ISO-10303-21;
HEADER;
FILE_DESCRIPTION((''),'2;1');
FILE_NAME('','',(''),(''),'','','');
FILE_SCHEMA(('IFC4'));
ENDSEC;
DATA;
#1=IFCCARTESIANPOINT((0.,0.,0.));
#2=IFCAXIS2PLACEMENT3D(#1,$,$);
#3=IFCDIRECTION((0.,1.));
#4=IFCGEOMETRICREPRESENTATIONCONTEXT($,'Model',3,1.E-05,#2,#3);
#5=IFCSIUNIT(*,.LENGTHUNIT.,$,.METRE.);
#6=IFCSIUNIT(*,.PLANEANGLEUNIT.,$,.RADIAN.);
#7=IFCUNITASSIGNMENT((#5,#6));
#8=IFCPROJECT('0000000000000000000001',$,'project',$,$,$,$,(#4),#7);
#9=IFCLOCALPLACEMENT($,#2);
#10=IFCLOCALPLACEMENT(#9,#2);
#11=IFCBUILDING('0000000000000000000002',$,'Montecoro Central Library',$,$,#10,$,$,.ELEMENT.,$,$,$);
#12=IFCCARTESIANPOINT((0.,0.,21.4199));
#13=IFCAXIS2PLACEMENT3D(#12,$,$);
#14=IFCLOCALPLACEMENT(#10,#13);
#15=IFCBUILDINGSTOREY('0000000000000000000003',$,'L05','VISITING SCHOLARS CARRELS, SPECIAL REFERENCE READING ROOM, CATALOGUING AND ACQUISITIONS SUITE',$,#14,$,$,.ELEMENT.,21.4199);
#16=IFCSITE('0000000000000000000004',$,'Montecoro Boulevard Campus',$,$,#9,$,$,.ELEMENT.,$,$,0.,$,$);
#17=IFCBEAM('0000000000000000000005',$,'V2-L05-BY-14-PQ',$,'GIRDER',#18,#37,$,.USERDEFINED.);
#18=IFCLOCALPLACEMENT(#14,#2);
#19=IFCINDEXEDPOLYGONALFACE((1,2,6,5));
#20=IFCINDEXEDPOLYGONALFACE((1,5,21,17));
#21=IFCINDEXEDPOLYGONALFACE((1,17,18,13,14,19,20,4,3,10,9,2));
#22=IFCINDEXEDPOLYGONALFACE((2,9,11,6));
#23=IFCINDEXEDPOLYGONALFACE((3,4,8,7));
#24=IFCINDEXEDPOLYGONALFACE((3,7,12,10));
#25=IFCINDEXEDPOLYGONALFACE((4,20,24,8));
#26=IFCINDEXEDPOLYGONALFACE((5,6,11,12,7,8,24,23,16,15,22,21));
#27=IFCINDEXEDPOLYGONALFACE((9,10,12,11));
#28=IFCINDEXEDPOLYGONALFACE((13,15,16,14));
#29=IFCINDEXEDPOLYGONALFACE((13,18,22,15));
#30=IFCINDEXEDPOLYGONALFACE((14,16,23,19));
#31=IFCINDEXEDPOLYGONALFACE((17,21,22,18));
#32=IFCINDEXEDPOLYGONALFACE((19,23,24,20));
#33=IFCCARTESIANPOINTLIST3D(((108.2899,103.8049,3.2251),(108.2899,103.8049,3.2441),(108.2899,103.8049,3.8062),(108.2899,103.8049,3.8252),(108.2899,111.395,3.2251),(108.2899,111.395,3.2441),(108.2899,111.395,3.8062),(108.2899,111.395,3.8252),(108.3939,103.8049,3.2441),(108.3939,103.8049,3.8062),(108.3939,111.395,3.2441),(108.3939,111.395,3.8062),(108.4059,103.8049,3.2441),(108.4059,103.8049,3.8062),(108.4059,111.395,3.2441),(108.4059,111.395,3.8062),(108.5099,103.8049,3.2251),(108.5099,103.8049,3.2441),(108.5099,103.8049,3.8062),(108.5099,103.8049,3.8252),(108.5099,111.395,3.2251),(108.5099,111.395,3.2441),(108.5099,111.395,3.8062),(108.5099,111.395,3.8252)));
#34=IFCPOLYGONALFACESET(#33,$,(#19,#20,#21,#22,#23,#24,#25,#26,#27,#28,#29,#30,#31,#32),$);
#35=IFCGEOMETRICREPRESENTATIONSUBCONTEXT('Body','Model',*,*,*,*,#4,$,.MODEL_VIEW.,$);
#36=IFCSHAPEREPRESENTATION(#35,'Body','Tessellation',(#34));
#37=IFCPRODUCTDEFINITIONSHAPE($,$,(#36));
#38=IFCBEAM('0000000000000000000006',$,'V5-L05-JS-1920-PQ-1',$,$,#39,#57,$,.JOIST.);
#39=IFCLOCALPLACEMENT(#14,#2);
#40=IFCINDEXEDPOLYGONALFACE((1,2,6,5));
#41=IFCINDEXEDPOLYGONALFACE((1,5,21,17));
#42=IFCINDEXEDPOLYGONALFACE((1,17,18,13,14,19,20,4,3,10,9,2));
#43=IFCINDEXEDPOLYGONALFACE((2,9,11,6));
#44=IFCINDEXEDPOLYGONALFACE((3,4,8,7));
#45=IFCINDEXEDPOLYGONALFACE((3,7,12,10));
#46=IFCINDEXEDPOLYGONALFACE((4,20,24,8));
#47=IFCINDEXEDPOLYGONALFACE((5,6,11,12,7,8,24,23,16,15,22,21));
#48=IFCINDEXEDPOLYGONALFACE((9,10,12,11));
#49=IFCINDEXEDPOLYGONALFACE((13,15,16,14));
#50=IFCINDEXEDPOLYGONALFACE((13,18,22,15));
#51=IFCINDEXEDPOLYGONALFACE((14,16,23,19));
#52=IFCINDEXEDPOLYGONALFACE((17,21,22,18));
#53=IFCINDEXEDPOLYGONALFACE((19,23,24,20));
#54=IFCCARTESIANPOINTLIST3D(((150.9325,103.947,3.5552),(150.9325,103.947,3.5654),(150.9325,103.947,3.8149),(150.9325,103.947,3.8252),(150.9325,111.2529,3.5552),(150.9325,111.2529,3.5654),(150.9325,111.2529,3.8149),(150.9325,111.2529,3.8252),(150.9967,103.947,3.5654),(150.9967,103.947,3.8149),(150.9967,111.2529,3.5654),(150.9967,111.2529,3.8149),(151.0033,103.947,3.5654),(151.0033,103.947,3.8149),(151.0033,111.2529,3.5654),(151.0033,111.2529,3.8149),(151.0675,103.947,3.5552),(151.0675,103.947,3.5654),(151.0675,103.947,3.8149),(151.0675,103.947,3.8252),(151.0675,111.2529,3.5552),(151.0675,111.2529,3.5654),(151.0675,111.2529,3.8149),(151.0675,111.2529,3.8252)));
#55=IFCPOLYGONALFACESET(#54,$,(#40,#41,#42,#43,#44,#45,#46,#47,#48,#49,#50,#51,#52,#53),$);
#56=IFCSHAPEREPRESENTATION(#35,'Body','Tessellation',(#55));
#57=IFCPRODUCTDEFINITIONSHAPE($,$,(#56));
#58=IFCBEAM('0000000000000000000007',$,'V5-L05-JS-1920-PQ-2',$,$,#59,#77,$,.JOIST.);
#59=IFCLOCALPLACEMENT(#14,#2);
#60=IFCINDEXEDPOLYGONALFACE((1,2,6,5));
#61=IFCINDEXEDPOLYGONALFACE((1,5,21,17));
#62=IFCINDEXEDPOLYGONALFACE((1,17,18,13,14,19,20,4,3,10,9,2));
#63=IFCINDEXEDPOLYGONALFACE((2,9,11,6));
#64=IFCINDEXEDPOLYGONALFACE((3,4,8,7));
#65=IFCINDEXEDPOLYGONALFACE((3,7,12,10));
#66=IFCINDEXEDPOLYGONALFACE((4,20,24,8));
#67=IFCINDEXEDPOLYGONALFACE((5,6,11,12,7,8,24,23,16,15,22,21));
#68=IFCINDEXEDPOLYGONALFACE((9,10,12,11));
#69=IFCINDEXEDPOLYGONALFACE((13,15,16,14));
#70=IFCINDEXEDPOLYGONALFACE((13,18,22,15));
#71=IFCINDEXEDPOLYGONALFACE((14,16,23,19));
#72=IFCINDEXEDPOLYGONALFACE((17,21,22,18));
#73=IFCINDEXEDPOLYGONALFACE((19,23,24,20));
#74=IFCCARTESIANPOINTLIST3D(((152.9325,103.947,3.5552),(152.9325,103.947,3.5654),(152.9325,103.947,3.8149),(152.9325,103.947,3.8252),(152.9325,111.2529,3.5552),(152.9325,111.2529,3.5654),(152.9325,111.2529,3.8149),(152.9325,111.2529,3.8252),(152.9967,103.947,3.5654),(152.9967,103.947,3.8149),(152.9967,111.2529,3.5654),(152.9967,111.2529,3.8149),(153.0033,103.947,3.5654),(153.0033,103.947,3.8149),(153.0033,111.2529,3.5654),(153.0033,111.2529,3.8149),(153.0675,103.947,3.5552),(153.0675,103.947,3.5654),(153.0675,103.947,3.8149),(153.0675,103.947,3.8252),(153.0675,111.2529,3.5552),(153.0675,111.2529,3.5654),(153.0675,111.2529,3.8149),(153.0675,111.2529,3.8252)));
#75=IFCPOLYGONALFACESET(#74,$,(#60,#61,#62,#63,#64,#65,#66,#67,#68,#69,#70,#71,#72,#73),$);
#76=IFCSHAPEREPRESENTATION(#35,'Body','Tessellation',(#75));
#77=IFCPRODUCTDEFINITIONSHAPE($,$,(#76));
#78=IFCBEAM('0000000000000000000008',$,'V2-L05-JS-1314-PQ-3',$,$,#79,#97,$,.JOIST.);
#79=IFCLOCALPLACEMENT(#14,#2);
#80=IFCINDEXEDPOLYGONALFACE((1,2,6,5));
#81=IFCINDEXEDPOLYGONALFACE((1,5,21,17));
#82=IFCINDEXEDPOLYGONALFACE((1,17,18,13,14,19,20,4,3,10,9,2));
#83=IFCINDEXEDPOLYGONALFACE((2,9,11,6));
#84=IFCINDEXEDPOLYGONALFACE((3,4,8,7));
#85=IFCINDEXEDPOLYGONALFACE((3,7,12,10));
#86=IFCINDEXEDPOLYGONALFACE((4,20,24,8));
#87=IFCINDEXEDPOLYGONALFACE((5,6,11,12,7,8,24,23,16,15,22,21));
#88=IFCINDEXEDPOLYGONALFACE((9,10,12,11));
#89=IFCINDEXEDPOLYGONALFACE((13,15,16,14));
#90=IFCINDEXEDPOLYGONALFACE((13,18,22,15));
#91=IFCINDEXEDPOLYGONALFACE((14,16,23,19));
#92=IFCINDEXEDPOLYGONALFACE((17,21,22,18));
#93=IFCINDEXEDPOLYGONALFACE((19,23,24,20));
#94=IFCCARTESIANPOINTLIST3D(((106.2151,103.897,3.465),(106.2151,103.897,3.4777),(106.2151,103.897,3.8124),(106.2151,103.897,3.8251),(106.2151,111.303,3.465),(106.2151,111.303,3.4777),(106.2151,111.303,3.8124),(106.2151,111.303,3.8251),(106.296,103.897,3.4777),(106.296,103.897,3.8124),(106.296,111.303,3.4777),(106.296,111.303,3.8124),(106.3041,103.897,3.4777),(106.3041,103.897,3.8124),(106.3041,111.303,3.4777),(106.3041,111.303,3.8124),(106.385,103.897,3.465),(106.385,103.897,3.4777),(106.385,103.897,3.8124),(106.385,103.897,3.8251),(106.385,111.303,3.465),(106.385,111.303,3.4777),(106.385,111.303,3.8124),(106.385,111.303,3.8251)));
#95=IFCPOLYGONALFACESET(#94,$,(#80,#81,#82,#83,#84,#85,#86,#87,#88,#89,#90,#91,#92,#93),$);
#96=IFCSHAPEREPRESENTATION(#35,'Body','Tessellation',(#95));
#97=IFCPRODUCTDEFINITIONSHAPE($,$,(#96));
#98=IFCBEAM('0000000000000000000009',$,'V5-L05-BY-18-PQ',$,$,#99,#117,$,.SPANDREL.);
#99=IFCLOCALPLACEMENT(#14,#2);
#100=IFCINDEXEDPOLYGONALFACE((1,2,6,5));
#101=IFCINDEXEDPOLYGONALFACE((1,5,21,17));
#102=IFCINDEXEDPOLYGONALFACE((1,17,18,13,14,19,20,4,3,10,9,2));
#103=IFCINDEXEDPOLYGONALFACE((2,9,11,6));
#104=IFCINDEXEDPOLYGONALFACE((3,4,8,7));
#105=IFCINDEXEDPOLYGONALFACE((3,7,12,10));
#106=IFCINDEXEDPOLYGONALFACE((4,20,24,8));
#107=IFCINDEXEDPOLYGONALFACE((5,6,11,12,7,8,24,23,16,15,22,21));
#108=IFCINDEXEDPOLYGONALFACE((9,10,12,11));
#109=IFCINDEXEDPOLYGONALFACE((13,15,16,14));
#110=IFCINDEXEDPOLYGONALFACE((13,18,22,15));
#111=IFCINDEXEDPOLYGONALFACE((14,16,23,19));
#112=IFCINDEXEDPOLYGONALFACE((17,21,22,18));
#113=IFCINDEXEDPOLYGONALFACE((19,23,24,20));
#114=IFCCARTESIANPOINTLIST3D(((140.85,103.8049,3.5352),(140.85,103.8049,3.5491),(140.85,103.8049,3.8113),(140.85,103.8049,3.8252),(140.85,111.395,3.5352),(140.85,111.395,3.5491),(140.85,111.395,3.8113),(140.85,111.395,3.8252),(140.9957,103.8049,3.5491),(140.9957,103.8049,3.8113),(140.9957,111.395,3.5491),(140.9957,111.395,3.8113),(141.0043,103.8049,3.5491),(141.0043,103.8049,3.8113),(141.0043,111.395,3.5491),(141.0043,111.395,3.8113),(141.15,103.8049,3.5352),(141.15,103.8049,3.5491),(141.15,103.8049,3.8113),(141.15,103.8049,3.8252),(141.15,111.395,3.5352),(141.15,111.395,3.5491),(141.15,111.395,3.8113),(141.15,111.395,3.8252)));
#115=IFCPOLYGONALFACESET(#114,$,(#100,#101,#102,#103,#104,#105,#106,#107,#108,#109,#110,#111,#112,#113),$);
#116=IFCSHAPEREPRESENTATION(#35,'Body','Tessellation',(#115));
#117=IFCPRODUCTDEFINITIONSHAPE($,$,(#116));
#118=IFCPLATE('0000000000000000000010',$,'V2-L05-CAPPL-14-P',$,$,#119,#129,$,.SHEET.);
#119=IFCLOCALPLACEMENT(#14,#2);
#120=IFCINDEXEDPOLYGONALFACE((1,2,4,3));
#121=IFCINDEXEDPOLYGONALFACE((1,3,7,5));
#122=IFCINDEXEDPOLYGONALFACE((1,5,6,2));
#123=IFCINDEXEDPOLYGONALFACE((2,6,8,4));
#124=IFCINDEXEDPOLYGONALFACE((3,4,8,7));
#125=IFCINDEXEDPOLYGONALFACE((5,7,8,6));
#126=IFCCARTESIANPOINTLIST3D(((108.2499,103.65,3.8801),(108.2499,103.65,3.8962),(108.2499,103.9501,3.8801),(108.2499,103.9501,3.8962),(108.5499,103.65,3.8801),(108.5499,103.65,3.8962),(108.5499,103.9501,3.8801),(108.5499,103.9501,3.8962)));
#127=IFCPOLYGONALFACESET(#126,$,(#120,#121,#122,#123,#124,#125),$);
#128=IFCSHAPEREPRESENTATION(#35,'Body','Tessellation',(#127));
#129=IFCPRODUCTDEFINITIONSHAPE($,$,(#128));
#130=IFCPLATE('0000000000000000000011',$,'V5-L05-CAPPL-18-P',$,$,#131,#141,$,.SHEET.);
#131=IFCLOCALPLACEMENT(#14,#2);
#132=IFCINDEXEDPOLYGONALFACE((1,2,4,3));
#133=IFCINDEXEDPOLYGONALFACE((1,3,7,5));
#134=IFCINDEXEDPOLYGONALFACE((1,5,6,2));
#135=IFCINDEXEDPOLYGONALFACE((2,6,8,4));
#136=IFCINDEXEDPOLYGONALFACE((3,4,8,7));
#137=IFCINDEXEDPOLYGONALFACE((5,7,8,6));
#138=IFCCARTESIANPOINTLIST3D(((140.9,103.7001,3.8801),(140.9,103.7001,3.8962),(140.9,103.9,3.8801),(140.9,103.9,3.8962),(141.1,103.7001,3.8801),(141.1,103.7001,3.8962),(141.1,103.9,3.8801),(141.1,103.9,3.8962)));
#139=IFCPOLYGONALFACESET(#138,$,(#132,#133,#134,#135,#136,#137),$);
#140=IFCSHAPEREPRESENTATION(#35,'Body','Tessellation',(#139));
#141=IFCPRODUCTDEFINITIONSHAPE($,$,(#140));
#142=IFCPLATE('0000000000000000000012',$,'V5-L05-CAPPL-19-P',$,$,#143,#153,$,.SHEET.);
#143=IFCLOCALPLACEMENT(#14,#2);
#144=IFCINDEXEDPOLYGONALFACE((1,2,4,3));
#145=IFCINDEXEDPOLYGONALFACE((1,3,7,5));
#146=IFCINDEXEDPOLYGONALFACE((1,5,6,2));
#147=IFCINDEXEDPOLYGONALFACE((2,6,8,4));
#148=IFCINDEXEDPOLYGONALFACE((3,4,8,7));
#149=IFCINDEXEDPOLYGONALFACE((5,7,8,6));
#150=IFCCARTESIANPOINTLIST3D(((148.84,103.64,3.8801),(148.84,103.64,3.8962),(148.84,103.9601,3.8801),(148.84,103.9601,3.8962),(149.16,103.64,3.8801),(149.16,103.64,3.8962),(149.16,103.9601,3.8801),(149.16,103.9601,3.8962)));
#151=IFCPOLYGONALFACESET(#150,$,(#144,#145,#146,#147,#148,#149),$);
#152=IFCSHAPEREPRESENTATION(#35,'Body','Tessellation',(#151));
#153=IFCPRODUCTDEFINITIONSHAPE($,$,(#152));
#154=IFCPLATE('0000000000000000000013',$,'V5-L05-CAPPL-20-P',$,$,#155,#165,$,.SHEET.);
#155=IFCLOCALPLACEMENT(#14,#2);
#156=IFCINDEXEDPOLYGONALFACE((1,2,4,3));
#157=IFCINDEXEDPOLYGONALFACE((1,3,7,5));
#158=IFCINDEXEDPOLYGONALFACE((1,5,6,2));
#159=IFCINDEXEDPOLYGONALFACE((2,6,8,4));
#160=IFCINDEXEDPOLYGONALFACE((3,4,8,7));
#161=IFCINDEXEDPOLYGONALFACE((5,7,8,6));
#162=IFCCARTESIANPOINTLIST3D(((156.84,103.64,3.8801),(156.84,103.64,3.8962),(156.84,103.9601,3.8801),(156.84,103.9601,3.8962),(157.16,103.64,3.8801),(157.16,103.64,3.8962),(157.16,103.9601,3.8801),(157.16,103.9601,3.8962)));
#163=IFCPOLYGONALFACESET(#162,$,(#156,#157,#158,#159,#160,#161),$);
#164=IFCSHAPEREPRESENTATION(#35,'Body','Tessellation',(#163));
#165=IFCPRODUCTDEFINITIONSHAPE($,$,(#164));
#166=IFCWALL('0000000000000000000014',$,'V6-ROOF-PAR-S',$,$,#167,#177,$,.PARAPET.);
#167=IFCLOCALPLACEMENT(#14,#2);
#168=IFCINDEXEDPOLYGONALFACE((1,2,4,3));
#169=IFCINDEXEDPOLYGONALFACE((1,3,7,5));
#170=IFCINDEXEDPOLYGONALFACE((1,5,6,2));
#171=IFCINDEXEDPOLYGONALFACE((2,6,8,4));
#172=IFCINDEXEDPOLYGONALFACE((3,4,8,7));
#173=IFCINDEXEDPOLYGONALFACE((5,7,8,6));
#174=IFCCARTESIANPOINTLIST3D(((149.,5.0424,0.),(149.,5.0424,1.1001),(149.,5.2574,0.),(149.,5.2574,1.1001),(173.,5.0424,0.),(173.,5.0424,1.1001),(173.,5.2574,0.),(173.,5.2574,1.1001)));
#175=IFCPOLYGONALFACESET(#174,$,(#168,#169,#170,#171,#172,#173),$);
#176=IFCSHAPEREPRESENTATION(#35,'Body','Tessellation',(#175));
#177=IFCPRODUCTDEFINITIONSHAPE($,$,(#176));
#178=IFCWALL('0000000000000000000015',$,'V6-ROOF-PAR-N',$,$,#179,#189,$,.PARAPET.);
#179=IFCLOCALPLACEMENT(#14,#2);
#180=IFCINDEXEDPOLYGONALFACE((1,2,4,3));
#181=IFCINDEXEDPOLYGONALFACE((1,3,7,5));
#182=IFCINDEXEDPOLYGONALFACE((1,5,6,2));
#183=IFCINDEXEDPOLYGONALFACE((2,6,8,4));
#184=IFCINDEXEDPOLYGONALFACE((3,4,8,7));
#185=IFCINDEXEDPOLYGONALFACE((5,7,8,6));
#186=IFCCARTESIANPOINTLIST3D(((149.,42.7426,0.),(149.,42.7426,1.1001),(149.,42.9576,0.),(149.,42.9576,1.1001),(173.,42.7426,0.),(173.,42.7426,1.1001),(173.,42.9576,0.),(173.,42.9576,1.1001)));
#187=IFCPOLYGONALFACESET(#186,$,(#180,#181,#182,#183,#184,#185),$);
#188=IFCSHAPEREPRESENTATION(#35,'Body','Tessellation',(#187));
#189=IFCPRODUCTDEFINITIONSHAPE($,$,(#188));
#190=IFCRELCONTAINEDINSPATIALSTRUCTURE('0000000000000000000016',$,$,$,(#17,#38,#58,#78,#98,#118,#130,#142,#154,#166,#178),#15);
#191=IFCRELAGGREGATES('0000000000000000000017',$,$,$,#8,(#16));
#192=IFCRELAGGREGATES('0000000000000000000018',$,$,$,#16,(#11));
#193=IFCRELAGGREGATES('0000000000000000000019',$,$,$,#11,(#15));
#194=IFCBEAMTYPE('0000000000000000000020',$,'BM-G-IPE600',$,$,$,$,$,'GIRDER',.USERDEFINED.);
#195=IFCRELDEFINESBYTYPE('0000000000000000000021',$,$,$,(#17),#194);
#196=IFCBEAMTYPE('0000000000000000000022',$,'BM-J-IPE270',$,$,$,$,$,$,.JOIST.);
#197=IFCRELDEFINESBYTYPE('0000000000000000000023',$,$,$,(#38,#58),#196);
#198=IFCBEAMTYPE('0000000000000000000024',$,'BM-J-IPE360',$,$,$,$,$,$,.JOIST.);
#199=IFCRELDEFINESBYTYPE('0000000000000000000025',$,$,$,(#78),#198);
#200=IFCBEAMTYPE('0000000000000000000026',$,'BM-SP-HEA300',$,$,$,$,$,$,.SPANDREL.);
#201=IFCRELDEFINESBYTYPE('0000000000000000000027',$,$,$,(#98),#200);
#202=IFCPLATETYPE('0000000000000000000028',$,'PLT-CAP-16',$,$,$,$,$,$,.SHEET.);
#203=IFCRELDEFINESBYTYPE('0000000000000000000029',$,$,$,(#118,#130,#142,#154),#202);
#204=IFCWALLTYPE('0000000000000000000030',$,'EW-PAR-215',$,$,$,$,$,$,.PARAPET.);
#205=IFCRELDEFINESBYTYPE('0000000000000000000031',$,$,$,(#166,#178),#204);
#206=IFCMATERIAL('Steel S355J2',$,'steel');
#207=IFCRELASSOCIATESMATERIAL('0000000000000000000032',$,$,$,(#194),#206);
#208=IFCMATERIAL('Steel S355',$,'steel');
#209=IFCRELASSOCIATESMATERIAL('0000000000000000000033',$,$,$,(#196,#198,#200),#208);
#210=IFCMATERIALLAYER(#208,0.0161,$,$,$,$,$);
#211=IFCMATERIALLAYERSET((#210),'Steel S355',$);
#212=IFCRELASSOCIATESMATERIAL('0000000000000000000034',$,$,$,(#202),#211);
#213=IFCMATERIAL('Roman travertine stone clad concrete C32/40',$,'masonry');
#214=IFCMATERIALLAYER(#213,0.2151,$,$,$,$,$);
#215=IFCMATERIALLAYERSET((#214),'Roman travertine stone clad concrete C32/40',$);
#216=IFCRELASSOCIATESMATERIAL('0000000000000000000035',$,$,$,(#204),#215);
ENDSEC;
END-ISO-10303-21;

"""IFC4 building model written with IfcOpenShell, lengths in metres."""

from ifc_helpers import new_model, si_unit, direction, frame, frame_2d, origin, origin_2d, place, context, subcontext, project, spatial, rectangle, i_section, extrude, material, layer, layer_set, material_profile, profile_set, type_object, element, save


model = new_model("IFC4")

# Units and contexts
model_context = context("Model", 3, precision=1e-05, world=origin(), true_north=direction((0.0, 1.0)))
body_context = subcontext(model_context, "Body", "Model", "MODEL_VIEW")
ifc_project = project(units=[si_unit("LENGTHUNIT", "METRE"), si_unit("PLANEANGLEUNIT", "RADIAN")], contexts=[model_context])

# Site, building, storey
site_placement = place(None, origin())
site = spatial("IfcSite", under=ifc_project, at=site_placement, Name="Montecoro Boulevard Campus", CompositionType="ELEMENT", RefElevation=0.0)
building_placement = place(site_placement, origin())
building = spatial("IfcBuilding", under=site, at=building_placement, Name="Montecoro Central Library", CompositionType="ELEMENT")
storey_placement = place(building_placement, frame((0.0, 0.0, 21.4199)))
storey = spatial("IfcBuildingStorey", under=building, at=storey_placement, Name="L05", Description="VISITING SCHOLARS CARRELS, SPECIAL REFERENCE READING ROOM, CATALOGUING AND ACQUISITIONS SUITE", CompositionType="ELEMENT", Elevation=21.4199)

# Shared definitions
ifc_material_1 = material(Name="Steel S355", Category="steel")

# Beams
ifc_material_2 = material(Name="Steel S355J2", Category="steel")
ifc_material_profile_1 = material_profile(ifc_material_2, i_section(OverallWidth=0.22, OverallDepth=0.6001, WebThickness=0.012, FlangeThickness=0.019, at=origin_2d()), Name="IPE 600")
ifc_profile_set_1 = profile_set([ifc_material_profile_1], Name="Steel S355J2")
beam_type_1 = type_object("IfcBeamType", Name="BM-G-IPE600", ElementType="GIRDER", PredefinedType="USERDEFINED", material=ifc_profile_set_1)
beam_1_placement = place(storey_placement, frame((108.3999, 103.8049, 3.5251), z_axis=(0.0, 1.0, 0.0), x_axis=(-1.0, 0.0, 0.0)))
element("IfcBeam", 1, at=beam_1_placement, inside=storey, type_object=beam_type_1, Name="V2-L05-BY-14-PQ", ObjectType="GIRDER", PredefinedType="USERDEFINED", context=body_context, shape_type="SweptSolid", body=[
    extrude(i_section(OverallWidth=0.22, OverallDepth=0.6001, WebThickness=0.012, FlangeThickness=0.019, at=origin_2d()), origin(), (0.0, 0.0, 1.0), 7.5901),
])
ifc_material_profile_2 = material_profile(ifc_material_1, i_section(OverallWidth=0.135, OverallDepth=0.27, WebThickness=0.0066, FlangeThickness=0.0103, at=origin_2d()), Name="IPE 270")
ifc_profile_set_2 = profile_set([ifc_material_profile_2], Name="Steel S355")
beam_type_2 = type_object("IfcBeamType", Name="BM-J-IPE270", PredefinedType="JOIST", material=ifc_profile_set_2)
for number, where, z_axis, x_axis, name in (
    (2, (151.0, 103.947, 3.6902), (0.0, 1.0, 0.0), (-1.0, 0.0, 0.0), "V5-L05-JS-1920-PQ-1"),
    (3, (153.0, 103.947, 3.6902), (0.0, 1.0, 0.0), (-1.0, 0.0, 0.0), "V5-L05-JS-1920-PQ-2"),
):
    element("IfcBeam", number, at=place(storey_placement, frame(where, z_axis=z_axis, x_axis=x_axis)), inside=storey, type_object=beam_type_2, Name=name, PredefinedType="JOIST", context=body_context, shape_type="SweptSolid", body=[
        extrude(i_section(OverallWidth=0.135, OverallDepth=0.27, WebThickness=0.0066, FlangeThickness=0.0103, at=origin_2d()), origin(), (0.0, 0.0, 1.0), 7.3059),
    ])
ifc_material_profile_3 = material_profile(ifc_material_1, i_section(OverallWidth=0.1699, OverallDepth=0.3601, WebThickness=0.0081, FlangeThickness=0.0127, at=origin_2d()), Name="IPE 360")
ifc_profile_set_3 = profile_set([ifc_material_profile_3], Name="Steel S355")
beam_type_3 = type_object("IfcBeamType", Name="BM-J-IPE360", PredefinedType="JOIST", material=ifc_profile_set_3)
beam_2_placement = place(storey_placement, frame((106.3, 103.897, 3.645), z_axis=(0.0, 1.0, 0.0), x_axis=(-1.0, 0.0, 0.0)))
element("IfcBeam", 4, at=beam_2_placement, inside=storey, type_object=beam_type_3, Name="V2-L05-JS-1314-PQ-3", PredefinedType="JOIST", context=body_context, shape_type="SweptSolid", body=[
    extrude(i_section(OverallWidth=0.1699, OverallDepth=0.3601, WebThickness=0.0081, FlangeThickness=0.0127, at=origin_2d()), origin(), (0.0, 0.0, 1.0), 7.406),
])
ifc_material_profile_4 = material_profile(ifc_material_1, i_section(OverallWidth=0.3, OverallDepth=0.29, WebThickness=0.0085, FlangeThickness=0.0139, at=origin_2d()), Name="HEA 300")
ifc_profile_set_4 = profile_set([ifc_material_profile_4], Name="Steel S355")
beam_type_4 = type_object("IfcBeamType", Name="BM-SP-HEA300", PredefinedType="SPANDREL", material=ifc_profile_set_4)
beam_3_placement = place(storey_placement, frame((141.0, 103.8049, 3.6802), z_axis=(0.0, 1.0, 0.0), x_axis=(-1.0, 0.0, 0.0)))
element("IfcBeam", 5, at=beam_3_placement, inside=storey, type_object=beam_type_4, Name="V5-L05-BY-18-PQ", PredefinedType="SPANDREL", context=body_context, shape_type="SweptSolid", body=[
    extrude(i_section(OverallWidth=0.3, OverallDepth=0.29, WebThickness=0.0085, FlangeThickness=0.0139, at=origin_2d()), origin(), (0.0, 0.0, 1.0), 7.5901),
])

# Plates
ifc_layer_1 = layer(ifc_material_1, 0.0161)
ifc_layer_set_1 = layer_set([ifc_layer_1], Name="Steel S355")
plate_type = type_object("IfcPlateType", Name="PLT-CAP-16", PredefinedType="SHEET", material=ifc_layer_set_1)
plate_1_placement = place(storey_placement, frame((108.3999, 103.8, 3.8801), z_axis=(0.0, 0.0, 1.0), x_axis=(1.0, 0.0, 0.0)))
element("IfcPlate", 6, at=plate_1_placement, inside=storey, type_object=plate_type, Name="V2-L05-CAPPL-14-P", PredefinedType="SHEET", context=body_context, shape_type="SweptSolid", body=[
    extrude(rectangle(XDim=0.3, YDim=0.3, at=origin_2d()), origin(), (0.0, 0.0, 1.0), 0.0161),
])
plate_2_placement = place(storey_placement, frame((141.0, 103.8, 3.8801), z_axis=(0.0, 0.0, 1.0), x_axis=(1.0, 0.0, 0.0)))
element("IfcPlate", 7, at=plate_2_placement, inside=storey, type_object=plate_type, Name="V5-L05-CAPPL-18-P", PredefinedType="SHEET", context=body_context, shape_type="SweptSolid", body=[
    extrude(rectangle(XDim=0.2, YDim=0.2, at=origin_2d()), origin(), (0.0, 0.0, 1.0), 0.0161),
])
for number, where, z_axis, x_axis, name in (
    (8, (149.0, 103.8, 3.8801), (0.0, 0.0, 1.0), (1.0, 0.0, 0.0), "V5-L05-CAPPL-19-P"),
    (9, (157.0, 103.8, 3.8801), (0.0, 0.0, 1.0), (1.0, 0.0, 0.0), "V5-L05-CAPPL-20-P"),
):
    element("IfcPlate", number, at=place(storey_placement, frame(where, z_axis=z_axis, x_axis=x_axis)), inside=storey, type_object=plate_type, Name=name, PredefinedType="SHEET", context=body_context, shape_type="SweptSolid", body=[
        extrude(rectangle(XDim=0.3201, YDim=0.3201, at=origin_2d()), origin(), (0.0, 0.0, 1.0), 0.0161),
    ])

# Walls
ifc_material_3 = material(Name="Roman travertine stone clad concrete C32/40", Category="masonry")
ifc_layer_2 = layer(ifc_material_3, 0.2151)
ifc_layer_set_2 = layer_set([ifc_layer_2], Name="Roman travertine stone clad concrete C32/40")
wall_type_1 = type_object("IfcWallType", Name="EW-PAR-215", PredefinedType="PARAPET", material=ifc_layer_set_2)
for number, where, z_axis, x_axis, name in (
    (10, (149.0, 5.1499, 0.0), (0.0, 0.0, 1.0), (1.0, 0.0, 0.0), "V6-ROOF-PAR-S"),
    (11, (173.0, 42.8501, 0.0), (0.0, 0.0, 1.0), (-1.0, 0.0, 0.0), "V6-ROOF-PAR-N"),
):
    element("IfcWall", number, at=place(storey_placement, frame(where, z_axis=z_axis, x_axis=x_axis)), inside=storey, type_object=wall_type_1, Name=name, PredefinedType="PARAPET", context=body_context, shape_type="SweptSolid", body=[
        extrude(rectangle(XDim=24.0, YDim=0.2151, at=frame_2d((12.0, 0.0))), origin(), (0.0, 0.0, 1.0), 1.1001),
    ])

save(model, "model.ifc")
